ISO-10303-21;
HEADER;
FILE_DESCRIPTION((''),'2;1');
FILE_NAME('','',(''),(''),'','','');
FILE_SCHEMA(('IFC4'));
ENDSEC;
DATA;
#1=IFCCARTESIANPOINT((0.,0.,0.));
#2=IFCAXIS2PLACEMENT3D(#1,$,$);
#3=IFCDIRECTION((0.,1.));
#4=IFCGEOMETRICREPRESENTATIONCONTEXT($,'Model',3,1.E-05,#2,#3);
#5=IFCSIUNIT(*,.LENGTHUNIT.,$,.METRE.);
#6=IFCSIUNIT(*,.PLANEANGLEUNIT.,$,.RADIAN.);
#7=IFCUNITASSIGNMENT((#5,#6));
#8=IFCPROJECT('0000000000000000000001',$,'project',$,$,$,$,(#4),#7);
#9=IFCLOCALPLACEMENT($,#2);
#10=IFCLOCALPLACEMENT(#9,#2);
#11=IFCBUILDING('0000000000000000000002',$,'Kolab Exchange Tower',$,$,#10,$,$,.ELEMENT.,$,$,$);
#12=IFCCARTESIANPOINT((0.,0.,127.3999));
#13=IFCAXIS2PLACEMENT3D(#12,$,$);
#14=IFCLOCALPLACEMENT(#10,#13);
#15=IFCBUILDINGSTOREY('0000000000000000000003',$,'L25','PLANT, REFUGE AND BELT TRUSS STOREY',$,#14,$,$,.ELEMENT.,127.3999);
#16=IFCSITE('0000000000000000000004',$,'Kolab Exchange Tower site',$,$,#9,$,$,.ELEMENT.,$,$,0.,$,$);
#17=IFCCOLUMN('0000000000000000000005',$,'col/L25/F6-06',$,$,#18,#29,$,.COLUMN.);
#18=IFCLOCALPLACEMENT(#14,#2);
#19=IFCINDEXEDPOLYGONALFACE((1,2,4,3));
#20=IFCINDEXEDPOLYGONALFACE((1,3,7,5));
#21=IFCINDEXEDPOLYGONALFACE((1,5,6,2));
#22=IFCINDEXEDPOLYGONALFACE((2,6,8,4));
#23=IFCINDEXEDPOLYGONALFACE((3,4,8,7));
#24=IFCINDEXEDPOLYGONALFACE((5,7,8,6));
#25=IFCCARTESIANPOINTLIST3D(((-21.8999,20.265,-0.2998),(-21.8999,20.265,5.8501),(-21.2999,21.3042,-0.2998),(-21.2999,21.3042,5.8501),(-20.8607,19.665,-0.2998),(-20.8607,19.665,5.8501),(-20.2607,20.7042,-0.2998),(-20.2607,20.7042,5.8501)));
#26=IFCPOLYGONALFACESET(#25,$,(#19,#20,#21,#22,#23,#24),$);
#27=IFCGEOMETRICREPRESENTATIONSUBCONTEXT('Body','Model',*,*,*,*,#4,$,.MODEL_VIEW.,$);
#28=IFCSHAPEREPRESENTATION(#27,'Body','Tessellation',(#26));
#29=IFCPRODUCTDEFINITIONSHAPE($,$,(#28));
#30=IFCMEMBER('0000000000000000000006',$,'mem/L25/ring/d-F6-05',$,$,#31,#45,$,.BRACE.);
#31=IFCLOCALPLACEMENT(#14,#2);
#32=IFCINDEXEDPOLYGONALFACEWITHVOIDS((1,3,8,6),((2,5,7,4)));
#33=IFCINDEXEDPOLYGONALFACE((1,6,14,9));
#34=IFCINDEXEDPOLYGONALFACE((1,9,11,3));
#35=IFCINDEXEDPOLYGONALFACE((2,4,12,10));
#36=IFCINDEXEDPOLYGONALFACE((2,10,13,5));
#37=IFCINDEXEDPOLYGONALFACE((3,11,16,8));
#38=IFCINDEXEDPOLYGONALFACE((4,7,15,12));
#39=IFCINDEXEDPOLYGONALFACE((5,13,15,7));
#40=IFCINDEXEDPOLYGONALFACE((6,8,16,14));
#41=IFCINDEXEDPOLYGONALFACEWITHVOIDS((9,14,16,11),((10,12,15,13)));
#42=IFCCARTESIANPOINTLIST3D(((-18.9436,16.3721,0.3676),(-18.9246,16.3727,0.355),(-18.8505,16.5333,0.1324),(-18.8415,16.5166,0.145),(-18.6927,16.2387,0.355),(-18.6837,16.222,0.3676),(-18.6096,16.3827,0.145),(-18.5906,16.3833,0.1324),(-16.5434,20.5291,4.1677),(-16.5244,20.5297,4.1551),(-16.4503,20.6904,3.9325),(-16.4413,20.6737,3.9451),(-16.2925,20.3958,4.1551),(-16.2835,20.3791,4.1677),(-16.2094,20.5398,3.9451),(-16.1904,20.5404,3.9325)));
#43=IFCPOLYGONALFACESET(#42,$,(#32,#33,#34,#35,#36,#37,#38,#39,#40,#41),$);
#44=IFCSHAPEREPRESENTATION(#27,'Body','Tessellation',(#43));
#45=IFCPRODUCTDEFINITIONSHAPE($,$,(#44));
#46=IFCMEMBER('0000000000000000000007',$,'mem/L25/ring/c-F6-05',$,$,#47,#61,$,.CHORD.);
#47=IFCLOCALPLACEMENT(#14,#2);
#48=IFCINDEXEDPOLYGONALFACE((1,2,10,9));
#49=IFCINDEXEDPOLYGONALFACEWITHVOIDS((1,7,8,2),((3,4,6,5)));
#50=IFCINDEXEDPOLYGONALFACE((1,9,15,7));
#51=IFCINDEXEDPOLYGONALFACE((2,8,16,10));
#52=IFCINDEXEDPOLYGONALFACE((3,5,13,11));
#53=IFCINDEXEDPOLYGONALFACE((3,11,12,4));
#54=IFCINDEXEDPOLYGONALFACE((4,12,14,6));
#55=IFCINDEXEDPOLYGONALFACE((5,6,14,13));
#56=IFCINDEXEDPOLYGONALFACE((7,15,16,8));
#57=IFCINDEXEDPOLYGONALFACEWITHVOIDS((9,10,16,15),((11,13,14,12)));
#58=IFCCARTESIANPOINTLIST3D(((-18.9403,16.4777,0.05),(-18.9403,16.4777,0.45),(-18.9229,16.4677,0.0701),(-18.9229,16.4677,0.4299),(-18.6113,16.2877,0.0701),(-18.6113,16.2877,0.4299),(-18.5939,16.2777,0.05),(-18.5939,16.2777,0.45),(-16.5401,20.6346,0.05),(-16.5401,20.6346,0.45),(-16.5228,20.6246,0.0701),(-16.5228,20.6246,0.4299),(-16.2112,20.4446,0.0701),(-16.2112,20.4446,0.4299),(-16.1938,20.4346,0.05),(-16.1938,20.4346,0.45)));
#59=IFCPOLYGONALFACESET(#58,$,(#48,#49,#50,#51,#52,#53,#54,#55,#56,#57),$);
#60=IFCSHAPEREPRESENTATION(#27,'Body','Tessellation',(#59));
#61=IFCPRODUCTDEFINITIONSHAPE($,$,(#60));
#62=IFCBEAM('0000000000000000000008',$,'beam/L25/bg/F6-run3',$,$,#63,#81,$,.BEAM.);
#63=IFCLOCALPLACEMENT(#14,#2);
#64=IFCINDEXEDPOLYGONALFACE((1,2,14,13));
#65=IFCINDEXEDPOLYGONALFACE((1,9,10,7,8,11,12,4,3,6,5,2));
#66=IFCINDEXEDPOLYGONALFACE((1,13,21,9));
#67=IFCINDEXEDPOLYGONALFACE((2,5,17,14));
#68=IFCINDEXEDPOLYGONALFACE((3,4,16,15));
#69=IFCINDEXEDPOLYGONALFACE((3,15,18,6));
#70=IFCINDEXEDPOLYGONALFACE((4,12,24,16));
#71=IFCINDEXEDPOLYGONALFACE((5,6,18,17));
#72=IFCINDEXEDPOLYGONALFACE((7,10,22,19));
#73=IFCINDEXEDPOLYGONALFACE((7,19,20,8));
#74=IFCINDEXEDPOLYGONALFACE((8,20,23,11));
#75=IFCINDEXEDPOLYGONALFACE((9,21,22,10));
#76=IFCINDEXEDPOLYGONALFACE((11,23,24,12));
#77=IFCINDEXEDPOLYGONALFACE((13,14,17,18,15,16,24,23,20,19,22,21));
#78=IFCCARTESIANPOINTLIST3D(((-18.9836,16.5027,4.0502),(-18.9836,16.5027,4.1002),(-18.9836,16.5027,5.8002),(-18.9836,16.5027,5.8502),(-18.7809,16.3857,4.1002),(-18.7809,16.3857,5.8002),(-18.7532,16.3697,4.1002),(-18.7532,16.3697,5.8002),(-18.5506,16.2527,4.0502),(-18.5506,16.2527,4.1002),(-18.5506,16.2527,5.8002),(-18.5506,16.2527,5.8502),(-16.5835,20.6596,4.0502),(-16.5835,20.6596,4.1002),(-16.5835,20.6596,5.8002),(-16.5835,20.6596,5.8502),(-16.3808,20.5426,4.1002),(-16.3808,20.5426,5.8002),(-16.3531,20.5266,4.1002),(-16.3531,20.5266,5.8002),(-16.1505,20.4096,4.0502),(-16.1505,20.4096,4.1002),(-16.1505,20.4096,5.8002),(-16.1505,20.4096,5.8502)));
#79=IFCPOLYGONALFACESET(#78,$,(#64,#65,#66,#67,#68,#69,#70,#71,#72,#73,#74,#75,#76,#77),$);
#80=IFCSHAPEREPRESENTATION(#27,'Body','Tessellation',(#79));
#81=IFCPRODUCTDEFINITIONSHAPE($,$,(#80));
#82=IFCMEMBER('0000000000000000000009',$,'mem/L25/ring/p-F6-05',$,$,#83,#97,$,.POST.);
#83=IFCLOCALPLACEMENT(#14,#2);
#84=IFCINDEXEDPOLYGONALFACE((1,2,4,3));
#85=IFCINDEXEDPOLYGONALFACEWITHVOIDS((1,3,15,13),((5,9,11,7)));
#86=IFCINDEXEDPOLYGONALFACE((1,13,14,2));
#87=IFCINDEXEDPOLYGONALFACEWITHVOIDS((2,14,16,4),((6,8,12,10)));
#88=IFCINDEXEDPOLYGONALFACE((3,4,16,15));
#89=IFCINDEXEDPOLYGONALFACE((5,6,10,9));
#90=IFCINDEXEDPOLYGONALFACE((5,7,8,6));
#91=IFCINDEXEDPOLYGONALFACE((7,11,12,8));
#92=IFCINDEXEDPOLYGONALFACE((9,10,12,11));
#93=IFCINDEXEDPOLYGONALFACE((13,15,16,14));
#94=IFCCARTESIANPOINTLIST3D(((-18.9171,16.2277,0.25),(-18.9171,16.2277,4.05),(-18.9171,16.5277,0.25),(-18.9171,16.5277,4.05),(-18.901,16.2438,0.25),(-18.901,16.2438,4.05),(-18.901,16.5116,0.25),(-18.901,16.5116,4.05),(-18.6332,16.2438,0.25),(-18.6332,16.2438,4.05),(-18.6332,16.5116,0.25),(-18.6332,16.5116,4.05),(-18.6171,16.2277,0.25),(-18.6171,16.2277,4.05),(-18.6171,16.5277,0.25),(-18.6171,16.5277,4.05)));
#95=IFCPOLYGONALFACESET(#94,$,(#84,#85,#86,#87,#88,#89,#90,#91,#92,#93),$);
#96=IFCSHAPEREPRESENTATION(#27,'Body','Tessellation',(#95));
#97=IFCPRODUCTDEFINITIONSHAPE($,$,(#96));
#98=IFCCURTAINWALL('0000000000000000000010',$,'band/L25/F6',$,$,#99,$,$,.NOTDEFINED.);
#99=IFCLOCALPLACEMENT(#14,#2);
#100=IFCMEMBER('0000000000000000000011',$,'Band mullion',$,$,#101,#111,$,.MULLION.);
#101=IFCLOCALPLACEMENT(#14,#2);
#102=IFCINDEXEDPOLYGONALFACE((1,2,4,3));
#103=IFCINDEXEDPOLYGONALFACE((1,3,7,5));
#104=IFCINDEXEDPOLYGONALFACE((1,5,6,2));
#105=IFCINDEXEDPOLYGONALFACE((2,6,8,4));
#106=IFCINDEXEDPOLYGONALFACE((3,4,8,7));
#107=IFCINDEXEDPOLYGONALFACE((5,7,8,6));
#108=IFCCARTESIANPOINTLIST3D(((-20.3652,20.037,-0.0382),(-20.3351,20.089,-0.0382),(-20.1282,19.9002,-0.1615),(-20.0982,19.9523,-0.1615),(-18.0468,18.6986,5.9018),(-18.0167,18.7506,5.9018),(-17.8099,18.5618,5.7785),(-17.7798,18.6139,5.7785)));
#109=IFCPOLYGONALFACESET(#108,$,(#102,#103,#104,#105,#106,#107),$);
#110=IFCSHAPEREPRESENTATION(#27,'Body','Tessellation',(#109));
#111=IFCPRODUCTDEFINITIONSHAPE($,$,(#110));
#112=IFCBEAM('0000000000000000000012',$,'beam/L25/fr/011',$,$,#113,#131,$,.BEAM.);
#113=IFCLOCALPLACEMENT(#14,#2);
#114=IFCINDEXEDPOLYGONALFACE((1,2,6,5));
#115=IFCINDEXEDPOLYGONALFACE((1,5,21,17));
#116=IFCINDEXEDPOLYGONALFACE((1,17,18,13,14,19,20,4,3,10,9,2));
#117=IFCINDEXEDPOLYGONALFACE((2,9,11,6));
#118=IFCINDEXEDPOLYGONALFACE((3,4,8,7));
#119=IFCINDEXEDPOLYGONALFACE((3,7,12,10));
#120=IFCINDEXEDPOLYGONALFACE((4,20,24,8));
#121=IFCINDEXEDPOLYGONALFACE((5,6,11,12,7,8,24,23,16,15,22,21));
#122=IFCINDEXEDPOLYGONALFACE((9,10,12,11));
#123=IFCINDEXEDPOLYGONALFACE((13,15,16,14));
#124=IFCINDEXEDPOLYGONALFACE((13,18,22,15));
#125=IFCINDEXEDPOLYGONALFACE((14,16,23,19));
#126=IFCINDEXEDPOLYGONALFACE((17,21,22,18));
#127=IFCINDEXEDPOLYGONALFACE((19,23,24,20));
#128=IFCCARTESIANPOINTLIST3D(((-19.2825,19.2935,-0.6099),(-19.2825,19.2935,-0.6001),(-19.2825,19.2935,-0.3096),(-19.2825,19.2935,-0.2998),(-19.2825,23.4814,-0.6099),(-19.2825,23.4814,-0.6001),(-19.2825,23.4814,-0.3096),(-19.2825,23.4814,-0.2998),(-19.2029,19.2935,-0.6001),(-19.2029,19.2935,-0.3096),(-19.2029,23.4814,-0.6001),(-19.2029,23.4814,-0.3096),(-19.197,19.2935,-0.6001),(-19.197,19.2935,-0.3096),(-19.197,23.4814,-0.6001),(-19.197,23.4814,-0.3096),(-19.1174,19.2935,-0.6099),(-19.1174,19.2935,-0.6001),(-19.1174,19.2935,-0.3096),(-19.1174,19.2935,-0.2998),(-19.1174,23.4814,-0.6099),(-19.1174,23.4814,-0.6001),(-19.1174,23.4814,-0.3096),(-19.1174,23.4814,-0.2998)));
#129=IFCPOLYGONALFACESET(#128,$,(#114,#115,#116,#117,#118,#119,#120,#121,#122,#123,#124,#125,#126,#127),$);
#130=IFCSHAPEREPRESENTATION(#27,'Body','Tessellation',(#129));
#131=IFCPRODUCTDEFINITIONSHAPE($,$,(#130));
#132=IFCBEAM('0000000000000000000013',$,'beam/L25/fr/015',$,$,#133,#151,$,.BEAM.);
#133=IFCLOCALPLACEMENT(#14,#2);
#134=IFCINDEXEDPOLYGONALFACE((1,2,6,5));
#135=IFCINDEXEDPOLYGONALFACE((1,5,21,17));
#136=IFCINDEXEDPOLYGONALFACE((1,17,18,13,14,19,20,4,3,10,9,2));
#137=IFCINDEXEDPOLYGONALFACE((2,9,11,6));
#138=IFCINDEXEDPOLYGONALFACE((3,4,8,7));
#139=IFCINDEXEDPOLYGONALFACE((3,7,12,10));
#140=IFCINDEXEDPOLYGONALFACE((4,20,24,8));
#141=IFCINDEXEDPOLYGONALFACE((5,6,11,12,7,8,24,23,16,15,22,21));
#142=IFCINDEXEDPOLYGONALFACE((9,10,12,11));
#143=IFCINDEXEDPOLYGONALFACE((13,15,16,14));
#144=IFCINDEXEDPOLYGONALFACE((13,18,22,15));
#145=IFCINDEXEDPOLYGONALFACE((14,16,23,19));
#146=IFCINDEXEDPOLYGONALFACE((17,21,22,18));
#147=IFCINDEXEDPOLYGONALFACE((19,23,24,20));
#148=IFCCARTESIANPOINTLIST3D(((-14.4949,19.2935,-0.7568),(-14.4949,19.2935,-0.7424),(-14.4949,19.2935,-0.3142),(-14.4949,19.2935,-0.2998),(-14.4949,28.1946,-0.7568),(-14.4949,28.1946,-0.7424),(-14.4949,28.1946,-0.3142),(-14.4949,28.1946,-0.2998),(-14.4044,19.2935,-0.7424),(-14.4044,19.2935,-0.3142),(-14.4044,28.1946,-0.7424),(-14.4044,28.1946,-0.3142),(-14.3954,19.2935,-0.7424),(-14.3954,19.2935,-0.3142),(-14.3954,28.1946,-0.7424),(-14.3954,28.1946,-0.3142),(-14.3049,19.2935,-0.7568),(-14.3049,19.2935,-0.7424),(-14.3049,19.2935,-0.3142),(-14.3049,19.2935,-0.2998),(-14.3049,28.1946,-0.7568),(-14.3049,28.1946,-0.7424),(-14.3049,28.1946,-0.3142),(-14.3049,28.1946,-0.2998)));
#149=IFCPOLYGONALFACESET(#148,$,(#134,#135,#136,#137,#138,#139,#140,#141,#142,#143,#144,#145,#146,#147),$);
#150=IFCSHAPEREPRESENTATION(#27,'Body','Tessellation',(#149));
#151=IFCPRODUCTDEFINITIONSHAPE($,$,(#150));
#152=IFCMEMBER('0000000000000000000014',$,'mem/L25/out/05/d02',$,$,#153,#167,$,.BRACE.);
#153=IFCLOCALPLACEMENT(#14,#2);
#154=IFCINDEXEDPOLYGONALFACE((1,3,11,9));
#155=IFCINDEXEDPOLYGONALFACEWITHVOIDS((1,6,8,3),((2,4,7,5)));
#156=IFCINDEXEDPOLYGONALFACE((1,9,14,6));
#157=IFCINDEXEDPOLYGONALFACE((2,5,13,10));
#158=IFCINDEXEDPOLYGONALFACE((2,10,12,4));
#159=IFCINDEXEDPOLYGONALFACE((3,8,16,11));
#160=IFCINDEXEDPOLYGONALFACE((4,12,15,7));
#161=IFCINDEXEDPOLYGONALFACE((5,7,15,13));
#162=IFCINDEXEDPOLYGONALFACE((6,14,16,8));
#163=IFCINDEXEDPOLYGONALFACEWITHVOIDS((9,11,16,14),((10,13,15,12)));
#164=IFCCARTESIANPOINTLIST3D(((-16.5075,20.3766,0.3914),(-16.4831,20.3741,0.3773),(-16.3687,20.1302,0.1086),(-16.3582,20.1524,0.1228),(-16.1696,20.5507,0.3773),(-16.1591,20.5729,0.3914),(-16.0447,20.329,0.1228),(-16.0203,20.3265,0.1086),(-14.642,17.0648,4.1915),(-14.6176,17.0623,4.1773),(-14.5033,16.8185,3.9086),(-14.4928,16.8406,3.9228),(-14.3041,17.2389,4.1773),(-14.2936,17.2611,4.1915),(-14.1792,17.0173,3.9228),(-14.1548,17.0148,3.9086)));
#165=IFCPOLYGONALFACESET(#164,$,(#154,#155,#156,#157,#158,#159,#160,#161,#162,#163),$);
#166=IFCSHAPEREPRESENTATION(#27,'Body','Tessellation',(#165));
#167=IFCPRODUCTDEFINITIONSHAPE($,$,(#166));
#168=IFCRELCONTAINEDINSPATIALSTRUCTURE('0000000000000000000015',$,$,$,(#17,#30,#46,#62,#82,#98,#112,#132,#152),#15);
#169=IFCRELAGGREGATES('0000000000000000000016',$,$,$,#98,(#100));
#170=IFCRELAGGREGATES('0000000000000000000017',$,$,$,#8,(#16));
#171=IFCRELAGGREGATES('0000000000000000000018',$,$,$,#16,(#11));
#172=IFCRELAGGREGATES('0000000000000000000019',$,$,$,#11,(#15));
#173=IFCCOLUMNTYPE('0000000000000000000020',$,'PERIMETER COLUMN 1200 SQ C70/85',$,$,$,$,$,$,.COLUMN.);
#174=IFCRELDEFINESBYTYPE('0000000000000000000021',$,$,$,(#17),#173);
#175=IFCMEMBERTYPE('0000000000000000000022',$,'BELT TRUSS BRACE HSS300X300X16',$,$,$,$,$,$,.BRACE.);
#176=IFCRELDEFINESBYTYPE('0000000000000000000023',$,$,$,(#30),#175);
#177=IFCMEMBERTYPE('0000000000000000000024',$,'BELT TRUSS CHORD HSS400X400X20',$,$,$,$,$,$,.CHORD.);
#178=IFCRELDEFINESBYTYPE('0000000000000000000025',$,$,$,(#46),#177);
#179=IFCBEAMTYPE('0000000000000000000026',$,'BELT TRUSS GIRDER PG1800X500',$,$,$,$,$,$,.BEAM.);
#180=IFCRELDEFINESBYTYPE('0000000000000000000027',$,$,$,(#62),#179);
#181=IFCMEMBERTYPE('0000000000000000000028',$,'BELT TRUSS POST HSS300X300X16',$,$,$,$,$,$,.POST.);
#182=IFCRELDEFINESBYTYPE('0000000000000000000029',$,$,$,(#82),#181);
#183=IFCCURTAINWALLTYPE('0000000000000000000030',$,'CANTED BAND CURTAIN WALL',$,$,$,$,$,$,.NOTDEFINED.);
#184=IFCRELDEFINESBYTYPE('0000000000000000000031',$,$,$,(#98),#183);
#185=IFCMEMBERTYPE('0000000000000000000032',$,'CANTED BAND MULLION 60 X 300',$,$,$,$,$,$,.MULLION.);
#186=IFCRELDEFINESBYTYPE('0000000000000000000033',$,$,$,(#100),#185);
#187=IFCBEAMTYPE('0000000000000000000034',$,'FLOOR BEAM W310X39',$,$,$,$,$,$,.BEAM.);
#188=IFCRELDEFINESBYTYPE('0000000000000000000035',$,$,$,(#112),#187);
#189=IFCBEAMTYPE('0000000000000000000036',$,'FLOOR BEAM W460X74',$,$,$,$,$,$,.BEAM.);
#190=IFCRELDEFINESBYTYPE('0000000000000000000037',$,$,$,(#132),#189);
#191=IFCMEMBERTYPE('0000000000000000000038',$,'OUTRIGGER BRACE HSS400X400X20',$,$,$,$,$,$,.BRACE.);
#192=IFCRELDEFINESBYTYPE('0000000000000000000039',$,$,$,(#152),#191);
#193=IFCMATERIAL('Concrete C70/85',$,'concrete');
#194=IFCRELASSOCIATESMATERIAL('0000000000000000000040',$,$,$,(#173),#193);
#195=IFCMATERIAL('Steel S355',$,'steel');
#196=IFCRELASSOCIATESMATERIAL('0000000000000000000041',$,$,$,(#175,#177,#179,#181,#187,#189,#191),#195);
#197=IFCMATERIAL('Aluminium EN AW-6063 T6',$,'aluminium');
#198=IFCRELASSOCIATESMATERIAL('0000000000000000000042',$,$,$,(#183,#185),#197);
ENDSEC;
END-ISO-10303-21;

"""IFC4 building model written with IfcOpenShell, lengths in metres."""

from ifc_helpers import new_model, si_unit, direction, frame, origin, origin_2d, place, context, subcontext, project, spatial, rectangle, hollow_rectangle, i_section, extrude, material, material_profile, profile_set, type_object, element, aggregate, save


model = new_model("IFC4")

# Units and contexts
model_context = context("Model", 3, precision=1e-05, world=origin(), true_north=direction((0.0, 1.0)))
body_context = subcontext(model_context, "Body", "Model", "MODEL_VIEW")
ifc_project = project(units=[si_unit("LENGTHUNIT", "METRE"), si_unit("PLANEANGLEUNIT", "RADIAN")], contexts=[model_context])

# Site, building, storey
site_placement = place(None, origin())
site = spatial("IfcSite", under=ifc_project, at=site_placement, Name="Kolab Exchange Tower site", CompositionType="ELEMENT", RefElevation=0.0)
building_placement = place(site_placement, origin())
building = spatial("IfcBuilding", under=site, at=building_placement, Name="Kolab Exchange Tower", CompositionType="ELEMENT")
storey_placement = place(building_placement, frame((0.0, 0.0, 127.3999)))
storey = spatial("IfcBuildingStorey", under=building, at=storey_placement, Name="L25", Description="PLANT, REFUGE AND BELT TRUSS STOREY", CompositionType="ELEMENT", Elevation=127.3999)

# Column
ifc_material_1 = material(Name="Concrete C70/85", Category="concrete")
ifc_material_profile_1 = material_profile(ifc_material_1, rectangle(XDim=1.2, YDim=1.2, at=origin_2d()), Name="RC1200")
ifc_profile_set_1 = profile_set([ifc_material_profile_1], Name="Concrete C70/85")
column_type = type_object("IfcColumnType", Name="PERIMETER COLUMN 1200 SQ C70/85", PredefinedType="COLUMN", material=ifc_profile_set_1)
column_placement = place(storey_placement, frame((-21.0803, 20.4846, -0.2998), z_axis=(0.0, 0.0, 1.0), x_axis=(0.5, 0.866025, 0.0)))
element("IfcColumn", 1, at=column_placement, inside=storey, type_object=column_type, Name="col/L25/F6-06", PredefinedType="COLUMN", context=body_context, shape_type="SweptSolid", body=[
    extrude(rectangle(XDim=1.2, YDim=1.2, at=origin_2d()), origin(), (0.0, 0.0, 1.0), 6.1499),
])

# Members
ifc_material_2 = material(Name="Steel S355", Category="steel")
ifc_material_profile_2 = material_profile(ifc_material_2, hollow_rectangle(XDim=0.3, YDim=0.3, WallThickness=0.0161, at=origin_2d()), Name="HSS300X300X16")
ifc_profile_set_2 = profile_set([ifc_material_profile_2], Name="Steel S355")
member_type_1 = type_object("IfcMemberType", Name="BELT TRUSS BRACE HSS300X300X16", PredefinedType="BRACE", material=ifc_profile_set_2)
member_1_placement = place(storey_placement, frame((-18.7671, 16.3777, 0.25), z_axis=(0.392039, 0.678999, 0.620698), x_axis=(-0.866015, 0.500017, 0.0)))
element("IfcMember", 2, at=member_1_placement, inside=storey, type_object=member_type_1, Name="mem/L25/ring/d-F6-05", PredefinedType="BRACE", context=body_context, shape_type="SweptSolid", body=[
    extrude(hollow_rectangle(XDim=0.3, YDim=0.3, WallThickness=0.0161, at=origin_2d()), origin(), (0.0, 0.0, 1.0), 6.1223),
])
ifc_material_profile_3 = material_profile(ifc_material_2, hollow_rectangle(XDim=0.3999, YDim=0.3999, WallThickness=0.02, at=origin_2d()), Name="HSS400X400X20")
ifc_profile_set_3 = profile_set([ifc_material_profile_3], Name="Steel S355")
member_type_2 = type_object("IfcMemberType", Name="BELT TRUSS CHORD HSS400X400X20", PredefinedType="CHORD", material=ifc_profile_set_3)
member_2_placement = place(storey_placement, frame((-18.7671, 16.3777, 0.25), z_axis=(0.500017, 0.866015, 0.0), x_axis=(-0.866015, 0.500017, 0.0)))
element("IfcMember", 3, at=member_2_placement, inside=storey, type_object=member_type_2, Name="mem/L25/ring/c-F6-05", PredefinedType="CHORD", context=body_context, shape_type="SweptSolid", body=[
    extrude(hollow_rectangle(XDim=0.3999, YDim=0.3999, WallThickness=0.02, at=origin_2d()), origin(), (0.0, 0.0, 1.0), 4.8),
])

# Beam
ifc_material_profile_4 = material_profile(ifc_material_2, i_section(OverallWidth=0.5, OverallDepth=1.8, WebThickness=0.032, FlangeThickness=0.05, at=origin_2d()), Name="PG1800X500")
ifc_profile_set_4 = profile_set([ifc_material_profile_4], Name="Steel S355")
beam_type_1 = type_object("IfcBeamType", Name="BELT TRUSS GIRDER PG1800X500", PredefinedType="BEAM", material=ifc_profile_set_4)
beam_1_placement = place(storey_placement, frame((-18.7671, 16.3777, 4.9502), z_axis=(0.500017, 0.866015, 0.0), x_axis=(-0.866015, 0.500017, 0.0)))
element("IfcBeam", 4, at=beam_1_placement, inside=storey, type_object=beam_type_1, Name="beam/L25/bg/F6-run3", PredefinedType="BEAM", context=body_context, shape_type="SweptSolid", body=[
    extrude(i_section(OverallWidth=0.5, OverallDepth=1.8, WebThickness=0.032, FlangeThickness=0.05, at=origin_2d()), origin(), (0.0, 0.0, 1.0), 4.8),
])

# Member
ifc_material_profile_5 = material_profile(ifc_material_2, hollow_rectangle(XDim=0.3, YDim=0.3, WallThickness=0.0161, at=origin_2d()), Name="HSS300X300X16")
ifc_profile_set_5 = profile_set([ifc_material_profile_5], Name="Steel S355")
member_type_3 = type_object("IfcMemberType", Name="BELT TRUSS POST HSS300X300X16", PredefinedType="POST", material=ifc_profile_set_5)
member_3_placement = place(storey_placement, frame((-18.7671, 16.3777, 0.25), z_axis=(0.0, 0.0, 1.0), x_axis=(1.0, 0.0, 0.0)))
element("IfcMember", 5, at=member_3_placement, inside=storey, type_object=member_type_3, Name="mem/L25/ring/p-F6-05", PredefinedType="POST", context=body_context, shape_type="SweptSolid", body=[
    extrude(hollow_rectangle(XDim=0.3, YDim=0.3, WallThickness=0.0161, at=origin_2d()), origin(), (0.0, 0.0, 1.0), 3.8),
])

# Curtain wall, member
ifc_material_3 = material(Name="Aluminium EN AW-6063 T6", Category="aluminium")
curtain_wall_type = type_object("IfcCurtainWallType", Name="CANTED BAND CURTAIN WALL", PredefinedType="NOTDEFINED", material=ifc_material_3)
curtain_wall_placement = place(storey_placement, origin())
curtain_wall = element("IfcCurtainWall", 6, at=curtain_wall_placement, inside=storey, type_object=curtain_wall_type, Name="band/L25/F6", PredefinedType="NOTDEFINED")
ifc_material_profile_6 = material_profile(ifc_material_3, rectangle(XDim=0.0601, YDim=0.3, at=origin_2d()), Name="RECT 60X300")
ifc_profile_set_6 = profile_set([ifc_material_profile_6], Name="Aluminium EN AW-6063 T6")
member_type_4 = type_object("IfcMemberType", Name="CANTED BAND MULLION 60 X 300", PredefinedType="MULLION", material=ifc_profile_set_6)
member_4_placement = place(storey_placement, frame((-20.2317, 19.9946, -0.0999), z_axis=(0.355834, -0.205421, 0.911693), x_axis=(0.499965, 0.866046, 0.0)))
member_4 = element("IfcMember", 7, at=member_4_placement, type_object=member_type_4, Name="Band mullion", PredefinedType="MULLION", context=body_context, shape_type="SweptSolid", body=[
    extrude(rectangle(XDim=0.0601, YDim=0.3, at=origin_2d()), origin(), (0.0, 0.0, 1.0), 6.5154),
])

# Beams
ifc_material_profile_7 = material_profile(ifc_material_2, i_section(OverallWidth=0.165, OverallDepth=0.3101, WebThickness=0.0059, FlangeThickness=0.0098, at=origin_2d()), Name="W310X39")
ifc_profile_set_7 = profile_set([ifc_material_profile_7], Name="Steel S355")
beam_type_2 = type_object("IfcBeamType", Name="FLOOR BEAM W310X39", PredefinedType="BEAM", material=ifc_profile_set_7)
beam_2_placement = place(storey_placement, frame((-19.2, 19.2935, -0.4548), z_axis=(0.0, 1.0, 0.0), x_axis=(-1.0, 0.0, 0.0)))
element("IfcBeam", 8, at=beam_2_placement, inside=storey, type_object=beam_type_2, Name="beam/L25/fr/011", PredefinedType="BEAM", context=body_context, shape_type="SweptSolid", body=[
    extrude(i_section(OverallWidth=0.165, OverallDepth=0.3101, WebThickness=0.0059, FlangeThickness=0.0098, at=origin_2d()), origin(), (0.0, 0.0, 1.0), 4.188),
])
ifc_material_profile_8 = material_profile(ifc_material_2, i_section(OverallWidth=0.1899, OverallDepth=0.457, WebThickness=0.009, FlangeThickness=0.0144, at=origin_2d()), Name="W460X74")
ifc_profile_set_8 = profile_set([ifc_material_profile_8], Name="Steel S355")
beam_type_3 = type_object("IfcBeamType", Name="FLOOR BEAM W460X74", PredefinedType="BEAM", material=ifc_profile_set_8)
beam_3_placement = place(storey_placement, frame((-14.3999, 19.2935, -0.5283), z_axis=(0.0, 1.0, 0.0), x_axis=(-1.0, 0.0, 0.0)))
element("IfcBeam", 9, at=beam_3_placement, inside=storey, type_object=beam_type_3, Name="beam/L25/fr/015", PredefinedType="BEAM", context=body_context, shape_type="SweptSolid", body=[
    extrude(i_section(OverallWidth=0.1899, OverallDepth=0.457, WebThickness=0.009, FlangeThickness=0.0144, at=origin_2d()), origin(), (0.0, 0.0, 1.0), 8.9011),
])

# Member
ifc_material_profile_9 = material_profile(ifc_material_2, hollow_rectangle(XDim=0.3999, YDim=0.3999, WallThickness=0.02, at=origin_2d()), Name="HSS400X400X20")
ifc_profile_set_9 = profile_set([ifc_material_profile_9], Name="Steel S355")
member_type_5 = type_object("IfcMemberType", Name="OUTRIGGER BRACE HSS400X400X20", PredefinedType="BRACE", material=ifc_profile_set_9)
member_5_placement = place(storey_placement, frame((-14.3984, 17.0398, 4.05), z_axis=(-0.34708, 0.616169, -0.707016), x_axis=(-0.871282, -0.490783, 0.0)))
element("IfcMember", 10, at=member_5_placement, inside=storey, type_object=member_type_5, Name="mem/L25/out/05/d02", PredefinedType="BRACE", context=body_context, shape_type="SweptSolid", body=[
    extrude(hollow_rectangle(XDim=0.3999, YDim=0.3999, WallThickness=0.02, at=origin_2d()), origin(), (0.0, 0.0, 1.0), 5.3748),
])

aggregate(curtain_wall, [member_4])

save(model, "model.ifc")
